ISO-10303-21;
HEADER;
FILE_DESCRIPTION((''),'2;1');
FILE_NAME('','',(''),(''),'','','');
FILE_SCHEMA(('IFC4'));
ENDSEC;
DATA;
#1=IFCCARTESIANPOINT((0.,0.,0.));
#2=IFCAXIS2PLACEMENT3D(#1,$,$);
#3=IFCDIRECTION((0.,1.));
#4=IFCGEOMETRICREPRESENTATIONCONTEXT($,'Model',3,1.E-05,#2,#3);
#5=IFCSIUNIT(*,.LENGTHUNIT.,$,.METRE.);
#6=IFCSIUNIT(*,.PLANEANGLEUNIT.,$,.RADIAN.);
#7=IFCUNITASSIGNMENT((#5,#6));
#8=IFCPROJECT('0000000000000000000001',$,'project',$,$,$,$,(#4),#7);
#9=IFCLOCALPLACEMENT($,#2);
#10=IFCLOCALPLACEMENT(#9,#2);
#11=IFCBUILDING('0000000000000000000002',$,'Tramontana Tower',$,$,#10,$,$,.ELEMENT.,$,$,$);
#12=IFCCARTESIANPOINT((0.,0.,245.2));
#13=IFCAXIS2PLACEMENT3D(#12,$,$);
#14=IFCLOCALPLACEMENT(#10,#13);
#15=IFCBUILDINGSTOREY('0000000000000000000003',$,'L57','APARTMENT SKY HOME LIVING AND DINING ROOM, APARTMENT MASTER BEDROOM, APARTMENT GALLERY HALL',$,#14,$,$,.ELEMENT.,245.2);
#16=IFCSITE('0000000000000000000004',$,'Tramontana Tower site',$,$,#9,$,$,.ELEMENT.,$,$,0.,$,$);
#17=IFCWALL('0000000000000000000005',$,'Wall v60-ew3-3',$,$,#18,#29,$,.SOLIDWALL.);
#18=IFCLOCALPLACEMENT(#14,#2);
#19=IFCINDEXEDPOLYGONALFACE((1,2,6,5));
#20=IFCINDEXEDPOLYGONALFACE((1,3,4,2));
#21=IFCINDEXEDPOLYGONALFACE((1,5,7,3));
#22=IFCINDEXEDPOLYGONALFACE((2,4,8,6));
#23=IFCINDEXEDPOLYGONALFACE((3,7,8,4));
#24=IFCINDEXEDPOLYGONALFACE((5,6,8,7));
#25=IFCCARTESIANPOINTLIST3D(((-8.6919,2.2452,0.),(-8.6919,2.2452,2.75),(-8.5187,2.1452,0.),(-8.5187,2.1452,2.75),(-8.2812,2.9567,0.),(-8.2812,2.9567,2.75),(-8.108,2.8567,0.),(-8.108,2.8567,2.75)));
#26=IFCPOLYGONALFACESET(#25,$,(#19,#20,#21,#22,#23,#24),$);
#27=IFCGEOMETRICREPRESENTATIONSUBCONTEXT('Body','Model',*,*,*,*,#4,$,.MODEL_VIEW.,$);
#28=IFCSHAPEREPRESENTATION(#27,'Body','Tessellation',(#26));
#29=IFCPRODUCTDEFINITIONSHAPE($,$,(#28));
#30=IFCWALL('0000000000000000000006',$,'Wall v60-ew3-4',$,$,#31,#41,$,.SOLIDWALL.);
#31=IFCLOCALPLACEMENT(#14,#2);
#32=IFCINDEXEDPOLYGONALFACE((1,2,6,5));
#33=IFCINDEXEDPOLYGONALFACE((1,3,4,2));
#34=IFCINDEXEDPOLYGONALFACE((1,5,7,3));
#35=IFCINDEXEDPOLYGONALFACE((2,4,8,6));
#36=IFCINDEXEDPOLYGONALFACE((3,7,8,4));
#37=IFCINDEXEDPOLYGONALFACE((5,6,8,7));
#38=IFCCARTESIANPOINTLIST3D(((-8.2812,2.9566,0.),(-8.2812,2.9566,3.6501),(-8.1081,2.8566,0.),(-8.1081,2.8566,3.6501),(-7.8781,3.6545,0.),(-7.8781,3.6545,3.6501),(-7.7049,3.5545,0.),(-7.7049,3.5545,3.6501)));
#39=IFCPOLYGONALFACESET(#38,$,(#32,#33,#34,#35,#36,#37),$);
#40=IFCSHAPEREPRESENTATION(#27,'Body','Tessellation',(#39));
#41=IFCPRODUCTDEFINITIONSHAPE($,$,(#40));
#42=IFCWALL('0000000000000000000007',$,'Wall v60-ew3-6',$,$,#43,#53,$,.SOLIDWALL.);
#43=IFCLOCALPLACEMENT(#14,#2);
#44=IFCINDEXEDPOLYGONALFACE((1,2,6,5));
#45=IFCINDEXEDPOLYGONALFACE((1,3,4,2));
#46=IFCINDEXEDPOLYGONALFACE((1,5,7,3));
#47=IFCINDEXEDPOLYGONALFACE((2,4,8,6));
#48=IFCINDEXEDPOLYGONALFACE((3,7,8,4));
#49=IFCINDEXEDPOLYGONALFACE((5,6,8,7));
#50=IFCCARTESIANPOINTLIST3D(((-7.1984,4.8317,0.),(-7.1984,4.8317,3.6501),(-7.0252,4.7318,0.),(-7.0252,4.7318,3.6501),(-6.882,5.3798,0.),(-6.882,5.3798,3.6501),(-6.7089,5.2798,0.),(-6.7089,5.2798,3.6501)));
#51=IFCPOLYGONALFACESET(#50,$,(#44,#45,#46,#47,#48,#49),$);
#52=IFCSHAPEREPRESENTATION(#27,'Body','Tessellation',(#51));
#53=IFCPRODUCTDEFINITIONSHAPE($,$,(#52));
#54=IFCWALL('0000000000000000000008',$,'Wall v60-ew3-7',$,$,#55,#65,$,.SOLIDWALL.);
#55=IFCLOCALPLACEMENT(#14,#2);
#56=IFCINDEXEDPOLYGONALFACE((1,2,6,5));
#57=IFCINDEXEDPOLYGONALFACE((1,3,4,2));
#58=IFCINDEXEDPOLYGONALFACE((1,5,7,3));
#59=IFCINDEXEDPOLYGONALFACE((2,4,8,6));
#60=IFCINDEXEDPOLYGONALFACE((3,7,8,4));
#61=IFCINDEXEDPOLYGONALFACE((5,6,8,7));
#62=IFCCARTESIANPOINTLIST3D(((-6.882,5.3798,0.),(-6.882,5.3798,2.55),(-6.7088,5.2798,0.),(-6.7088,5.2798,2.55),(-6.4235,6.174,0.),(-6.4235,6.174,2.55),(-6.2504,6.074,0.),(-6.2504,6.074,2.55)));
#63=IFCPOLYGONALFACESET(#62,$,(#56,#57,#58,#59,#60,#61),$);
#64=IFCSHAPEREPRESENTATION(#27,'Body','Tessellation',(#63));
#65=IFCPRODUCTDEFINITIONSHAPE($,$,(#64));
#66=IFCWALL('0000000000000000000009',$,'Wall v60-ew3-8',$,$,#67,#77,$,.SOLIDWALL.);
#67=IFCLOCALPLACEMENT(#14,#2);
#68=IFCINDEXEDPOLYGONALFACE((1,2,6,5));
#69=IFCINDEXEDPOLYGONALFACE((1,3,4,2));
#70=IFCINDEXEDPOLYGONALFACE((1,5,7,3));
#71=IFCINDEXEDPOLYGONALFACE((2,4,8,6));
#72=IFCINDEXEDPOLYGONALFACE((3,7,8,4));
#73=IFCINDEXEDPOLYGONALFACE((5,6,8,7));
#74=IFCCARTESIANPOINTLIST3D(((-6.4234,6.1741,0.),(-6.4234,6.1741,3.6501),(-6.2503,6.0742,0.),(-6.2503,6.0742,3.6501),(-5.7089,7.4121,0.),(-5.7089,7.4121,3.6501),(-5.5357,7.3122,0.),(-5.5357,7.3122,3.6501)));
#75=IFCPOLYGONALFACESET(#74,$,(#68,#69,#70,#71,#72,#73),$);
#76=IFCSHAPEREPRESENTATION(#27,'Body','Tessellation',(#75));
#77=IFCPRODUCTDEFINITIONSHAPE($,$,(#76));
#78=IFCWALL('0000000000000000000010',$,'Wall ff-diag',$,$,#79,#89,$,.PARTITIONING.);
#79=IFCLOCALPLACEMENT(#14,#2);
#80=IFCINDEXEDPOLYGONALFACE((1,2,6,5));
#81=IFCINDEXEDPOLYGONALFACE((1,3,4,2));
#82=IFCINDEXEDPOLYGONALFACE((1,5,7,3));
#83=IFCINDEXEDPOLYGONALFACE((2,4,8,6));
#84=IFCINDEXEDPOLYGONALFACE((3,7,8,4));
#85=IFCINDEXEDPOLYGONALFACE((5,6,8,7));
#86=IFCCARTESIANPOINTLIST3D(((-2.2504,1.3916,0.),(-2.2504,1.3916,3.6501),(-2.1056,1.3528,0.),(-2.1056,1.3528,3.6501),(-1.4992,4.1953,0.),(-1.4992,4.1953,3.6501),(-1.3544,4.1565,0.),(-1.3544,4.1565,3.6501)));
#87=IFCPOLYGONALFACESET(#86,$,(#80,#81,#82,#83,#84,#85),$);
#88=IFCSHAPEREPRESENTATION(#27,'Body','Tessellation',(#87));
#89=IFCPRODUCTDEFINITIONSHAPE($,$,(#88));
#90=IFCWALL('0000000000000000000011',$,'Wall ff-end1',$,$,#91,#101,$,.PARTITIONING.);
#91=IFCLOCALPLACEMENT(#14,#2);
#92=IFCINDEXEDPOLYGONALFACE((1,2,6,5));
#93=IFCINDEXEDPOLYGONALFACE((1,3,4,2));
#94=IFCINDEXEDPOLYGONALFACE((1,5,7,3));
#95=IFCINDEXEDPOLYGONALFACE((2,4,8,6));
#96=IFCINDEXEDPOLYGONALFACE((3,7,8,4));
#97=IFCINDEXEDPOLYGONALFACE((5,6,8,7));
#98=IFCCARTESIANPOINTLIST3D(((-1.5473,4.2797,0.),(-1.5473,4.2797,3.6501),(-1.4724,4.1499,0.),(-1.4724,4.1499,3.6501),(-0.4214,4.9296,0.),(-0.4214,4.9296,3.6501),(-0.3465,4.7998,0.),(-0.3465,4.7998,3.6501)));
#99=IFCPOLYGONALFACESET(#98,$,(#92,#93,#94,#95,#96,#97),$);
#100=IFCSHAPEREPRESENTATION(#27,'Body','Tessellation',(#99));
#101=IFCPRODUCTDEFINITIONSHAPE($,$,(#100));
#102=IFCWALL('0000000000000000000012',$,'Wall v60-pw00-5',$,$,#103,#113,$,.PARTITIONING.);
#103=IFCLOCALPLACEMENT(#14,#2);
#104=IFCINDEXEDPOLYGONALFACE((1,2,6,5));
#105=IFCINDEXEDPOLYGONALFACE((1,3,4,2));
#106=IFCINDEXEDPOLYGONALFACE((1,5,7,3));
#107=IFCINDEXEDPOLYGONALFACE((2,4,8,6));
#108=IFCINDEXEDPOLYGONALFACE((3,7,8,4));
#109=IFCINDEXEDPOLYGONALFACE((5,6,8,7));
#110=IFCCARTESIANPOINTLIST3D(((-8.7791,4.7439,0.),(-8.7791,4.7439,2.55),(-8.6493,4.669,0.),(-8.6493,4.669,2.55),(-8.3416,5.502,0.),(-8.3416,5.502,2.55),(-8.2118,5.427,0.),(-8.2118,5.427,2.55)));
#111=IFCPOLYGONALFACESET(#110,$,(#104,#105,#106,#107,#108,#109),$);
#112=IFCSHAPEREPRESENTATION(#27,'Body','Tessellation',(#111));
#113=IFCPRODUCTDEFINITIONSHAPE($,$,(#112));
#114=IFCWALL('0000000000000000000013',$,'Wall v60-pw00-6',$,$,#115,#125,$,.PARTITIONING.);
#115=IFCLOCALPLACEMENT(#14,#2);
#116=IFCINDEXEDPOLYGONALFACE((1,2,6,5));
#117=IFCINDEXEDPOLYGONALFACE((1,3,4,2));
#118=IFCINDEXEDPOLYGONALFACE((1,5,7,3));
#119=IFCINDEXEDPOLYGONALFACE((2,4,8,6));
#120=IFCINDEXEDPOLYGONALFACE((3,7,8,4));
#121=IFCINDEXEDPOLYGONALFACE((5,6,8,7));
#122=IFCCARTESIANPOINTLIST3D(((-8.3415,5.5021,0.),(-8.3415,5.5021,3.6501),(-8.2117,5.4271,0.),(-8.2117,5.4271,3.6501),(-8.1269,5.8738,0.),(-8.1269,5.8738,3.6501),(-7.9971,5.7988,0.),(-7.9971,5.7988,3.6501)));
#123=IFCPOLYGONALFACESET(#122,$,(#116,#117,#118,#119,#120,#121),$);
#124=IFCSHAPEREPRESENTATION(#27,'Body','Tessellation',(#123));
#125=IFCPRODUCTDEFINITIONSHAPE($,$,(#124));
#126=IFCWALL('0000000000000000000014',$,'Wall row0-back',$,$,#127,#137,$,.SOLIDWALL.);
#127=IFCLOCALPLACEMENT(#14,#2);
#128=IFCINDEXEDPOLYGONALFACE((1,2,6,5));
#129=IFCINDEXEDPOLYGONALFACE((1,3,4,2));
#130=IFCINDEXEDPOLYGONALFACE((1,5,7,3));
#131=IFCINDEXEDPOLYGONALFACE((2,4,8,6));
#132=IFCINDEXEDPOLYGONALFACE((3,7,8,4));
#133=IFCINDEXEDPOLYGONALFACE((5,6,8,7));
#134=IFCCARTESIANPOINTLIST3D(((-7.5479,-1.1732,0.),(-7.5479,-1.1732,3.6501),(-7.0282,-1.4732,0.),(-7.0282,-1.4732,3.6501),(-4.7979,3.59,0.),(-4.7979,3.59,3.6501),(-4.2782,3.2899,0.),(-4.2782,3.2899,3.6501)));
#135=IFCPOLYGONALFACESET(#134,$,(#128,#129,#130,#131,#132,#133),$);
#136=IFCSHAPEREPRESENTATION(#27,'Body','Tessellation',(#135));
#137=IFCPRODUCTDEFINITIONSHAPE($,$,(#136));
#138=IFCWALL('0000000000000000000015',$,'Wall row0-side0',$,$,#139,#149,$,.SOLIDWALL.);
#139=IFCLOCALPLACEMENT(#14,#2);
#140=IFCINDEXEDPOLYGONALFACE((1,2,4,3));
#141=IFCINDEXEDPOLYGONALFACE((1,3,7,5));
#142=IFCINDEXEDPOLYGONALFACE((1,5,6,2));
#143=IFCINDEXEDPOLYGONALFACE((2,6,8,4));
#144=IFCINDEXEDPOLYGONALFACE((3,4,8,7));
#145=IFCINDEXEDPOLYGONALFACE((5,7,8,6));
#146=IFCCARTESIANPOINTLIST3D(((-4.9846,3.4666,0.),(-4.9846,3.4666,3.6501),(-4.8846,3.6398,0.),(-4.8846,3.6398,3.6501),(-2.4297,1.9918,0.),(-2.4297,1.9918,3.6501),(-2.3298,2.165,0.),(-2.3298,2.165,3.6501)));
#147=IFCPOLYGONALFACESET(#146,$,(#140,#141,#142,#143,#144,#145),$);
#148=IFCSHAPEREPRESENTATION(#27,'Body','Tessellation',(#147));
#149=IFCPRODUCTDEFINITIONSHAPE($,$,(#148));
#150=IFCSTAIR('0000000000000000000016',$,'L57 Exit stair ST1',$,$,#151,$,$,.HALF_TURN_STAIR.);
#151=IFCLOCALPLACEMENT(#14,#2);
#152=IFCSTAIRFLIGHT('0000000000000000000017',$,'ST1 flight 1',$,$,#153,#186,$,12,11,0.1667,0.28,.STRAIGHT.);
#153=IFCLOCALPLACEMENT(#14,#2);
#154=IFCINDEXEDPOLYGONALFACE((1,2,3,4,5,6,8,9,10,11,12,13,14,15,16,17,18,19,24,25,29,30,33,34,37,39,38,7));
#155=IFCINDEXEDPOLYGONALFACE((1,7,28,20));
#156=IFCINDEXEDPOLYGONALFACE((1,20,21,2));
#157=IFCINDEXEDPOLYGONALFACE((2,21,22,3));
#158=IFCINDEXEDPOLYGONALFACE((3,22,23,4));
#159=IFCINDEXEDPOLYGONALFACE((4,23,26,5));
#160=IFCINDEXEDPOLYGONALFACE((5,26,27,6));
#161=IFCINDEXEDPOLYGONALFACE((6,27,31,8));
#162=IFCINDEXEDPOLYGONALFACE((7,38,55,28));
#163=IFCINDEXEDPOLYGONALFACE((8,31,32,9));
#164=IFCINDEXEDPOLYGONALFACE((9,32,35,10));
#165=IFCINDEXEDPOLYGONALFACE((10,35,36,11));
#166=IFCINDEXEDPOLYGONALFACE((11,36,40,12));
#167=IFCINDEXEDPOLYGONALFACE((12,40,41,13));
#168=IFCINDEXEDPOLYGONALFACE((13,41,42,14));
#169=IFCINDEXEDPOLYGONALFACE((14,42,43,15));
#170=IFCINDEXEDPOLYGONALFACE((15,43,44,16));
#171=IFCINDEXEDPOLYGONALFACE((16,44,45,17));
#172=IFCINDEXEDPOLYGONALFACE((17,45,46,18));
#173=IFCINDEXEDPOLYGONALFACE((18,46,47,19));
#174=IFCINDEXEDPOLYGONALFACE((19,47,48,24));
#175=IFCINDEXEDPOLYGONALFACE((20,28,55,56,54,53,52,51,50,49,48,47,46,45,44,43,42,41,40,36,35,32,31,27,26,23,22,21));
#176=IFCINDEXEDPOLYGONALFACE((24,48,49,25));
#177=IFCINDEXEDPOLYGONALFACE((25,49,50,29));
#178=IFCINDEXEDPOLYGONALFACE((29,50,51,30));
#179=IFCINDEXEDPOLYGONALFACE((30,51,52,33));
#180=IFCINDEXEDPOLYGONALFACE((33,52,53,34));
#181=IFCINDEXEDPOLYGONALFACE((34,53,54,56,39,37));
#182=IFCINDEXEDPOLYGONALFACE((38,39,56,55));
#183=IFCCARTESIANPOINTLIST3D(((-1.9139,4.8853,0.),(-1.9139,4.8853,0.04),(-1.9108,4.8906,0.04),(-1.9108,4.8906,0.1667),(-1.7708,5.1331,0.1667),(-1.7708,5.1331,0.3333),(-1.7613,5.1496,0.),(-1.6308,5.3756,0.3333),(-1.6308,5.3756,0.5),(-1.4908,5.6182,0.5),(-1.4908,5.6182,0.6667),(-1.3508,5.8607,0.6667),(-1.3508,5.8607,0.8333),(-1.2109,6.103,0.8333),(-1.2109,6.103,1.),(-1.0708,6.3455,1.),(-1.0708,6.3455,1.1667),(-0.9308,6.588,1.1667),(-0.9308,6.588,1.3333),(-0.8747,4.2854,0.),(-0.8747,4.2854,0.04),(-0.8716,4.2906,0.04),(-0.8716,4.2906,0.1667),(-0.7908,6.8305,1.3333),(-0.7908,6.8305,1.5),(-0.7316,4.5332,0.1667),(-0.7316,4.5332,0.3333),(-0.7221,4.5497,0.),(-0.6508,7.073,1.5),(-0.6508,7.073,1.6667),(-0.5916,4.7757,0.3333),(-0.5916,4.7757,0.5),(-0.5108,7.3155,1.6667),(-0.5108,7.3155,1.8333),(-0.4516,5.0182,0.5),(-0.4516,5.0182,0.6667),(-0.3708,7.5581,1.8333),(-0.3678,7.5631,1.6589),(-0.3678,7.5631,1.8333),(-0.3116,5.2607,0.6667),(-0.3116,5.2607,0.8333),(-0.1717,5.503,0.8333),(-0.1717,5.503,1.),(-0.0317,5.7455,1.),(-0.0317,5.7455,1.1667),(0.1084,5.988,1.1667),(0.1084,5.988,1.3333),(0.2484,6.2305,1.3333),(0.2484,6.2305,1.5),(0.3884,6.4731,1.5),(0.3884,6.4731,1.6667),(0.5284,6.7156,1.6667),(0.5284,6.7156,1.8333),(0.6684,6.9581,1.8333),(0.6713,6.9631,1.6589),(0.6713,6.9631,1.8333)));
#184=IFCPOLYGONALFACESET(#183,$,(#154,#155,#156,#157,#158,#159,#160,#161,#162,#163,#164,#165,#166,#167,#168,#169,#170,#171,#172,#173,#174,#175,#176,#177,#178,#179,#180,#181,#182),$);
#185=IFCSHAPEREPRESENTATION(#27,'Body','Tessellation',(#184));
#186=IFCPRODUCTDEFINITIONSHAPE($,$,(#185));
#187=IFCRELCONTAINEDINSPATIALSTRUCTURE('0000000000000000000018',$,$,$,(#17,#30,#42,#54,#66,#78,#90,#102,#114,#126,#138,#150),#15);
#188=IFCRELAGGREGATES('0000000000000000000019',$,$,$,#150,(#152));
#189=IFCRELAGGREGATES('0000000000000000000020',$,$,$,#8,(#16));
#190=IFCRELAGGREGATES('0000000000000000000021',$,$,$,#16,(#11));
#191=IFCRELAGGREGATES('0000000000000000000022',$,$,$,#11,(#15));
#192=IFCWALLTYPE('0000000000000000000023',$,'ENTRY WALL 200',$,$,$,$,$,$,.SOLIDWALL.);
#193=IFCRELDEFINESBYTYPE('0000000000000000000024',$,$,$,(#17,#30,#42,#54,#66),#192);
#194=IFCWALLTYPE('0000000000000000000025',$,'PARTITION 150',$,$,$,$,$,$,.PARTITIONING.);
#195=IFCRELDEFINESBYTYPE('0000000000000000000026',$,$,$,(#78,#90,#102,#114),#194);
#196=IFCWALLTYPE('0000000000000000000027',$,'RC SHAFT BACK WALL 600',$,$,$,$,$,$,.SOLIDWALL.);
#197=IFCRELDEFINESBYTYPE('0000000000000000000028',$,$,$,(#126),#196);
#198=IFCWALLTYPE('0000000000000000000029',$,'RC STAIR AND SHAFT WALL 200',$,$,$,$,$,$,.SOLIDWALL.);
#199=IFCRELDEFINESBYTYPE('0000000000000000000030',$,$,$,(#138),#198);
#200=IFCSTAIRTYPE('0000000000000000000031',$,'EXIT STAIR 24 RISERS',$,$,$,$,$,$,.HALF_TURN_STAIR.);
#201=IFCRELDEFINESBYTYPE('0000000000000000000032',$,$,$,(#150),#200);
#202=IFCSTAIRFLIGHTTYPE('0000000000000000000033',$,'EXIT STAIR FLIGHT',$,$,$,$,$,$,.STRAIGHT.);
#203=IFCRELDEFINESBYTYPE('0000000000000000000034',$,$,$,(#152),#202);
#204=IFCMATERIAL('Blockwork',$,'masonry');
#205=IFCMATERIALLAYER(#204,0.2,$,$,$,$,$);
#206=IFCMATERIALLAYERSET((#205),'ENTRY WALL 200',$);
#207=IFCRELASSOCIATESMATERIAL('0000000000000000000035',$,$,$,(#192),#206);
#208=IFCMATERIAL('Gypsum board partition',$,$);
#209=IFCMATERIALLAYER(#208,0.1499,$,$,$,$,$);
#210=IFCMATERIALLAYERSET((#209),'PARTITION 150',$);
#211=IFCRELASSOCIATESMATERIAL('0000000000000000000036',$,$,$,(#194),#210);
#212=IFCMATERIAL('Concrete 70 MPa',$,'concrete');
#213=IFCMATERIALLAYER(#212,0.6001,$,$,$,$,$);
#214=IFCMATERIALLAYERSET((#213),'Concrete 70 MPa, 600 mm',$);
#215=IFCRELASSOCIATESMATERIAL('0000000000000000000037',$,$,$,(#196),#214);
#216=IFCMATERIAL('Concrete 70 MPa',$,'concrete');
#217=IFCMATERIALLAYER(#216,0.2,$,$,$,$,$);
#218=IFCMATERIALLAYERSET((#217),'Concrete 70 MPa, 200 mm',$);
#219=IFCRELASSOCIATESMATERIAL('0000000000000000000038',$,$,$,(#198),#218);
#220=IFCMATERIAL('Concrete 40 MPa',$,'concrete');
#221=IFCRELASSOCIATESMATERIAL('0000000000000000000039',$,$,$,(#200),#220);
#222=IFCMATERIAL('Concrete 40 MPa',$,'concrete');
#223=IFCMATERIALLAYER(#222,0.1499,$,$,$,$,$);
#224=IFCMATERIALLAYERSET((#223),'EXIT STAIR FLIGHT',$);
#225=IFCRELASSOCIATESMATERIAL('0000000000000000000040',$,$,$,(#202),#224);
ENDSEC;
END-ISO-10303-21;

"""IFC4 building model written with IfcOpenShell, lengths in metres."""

from ifc_helpers import new_model, si_unit, direction, frame, frame_2d, origin, place, context, subcontext, project, spatial, polyline, rectangle, outline, extrude, material, layer, layer_set, type_object, element, aggregate, save


model = new_model("IFC4")

# Units and contexts
model_context = context("Model", 3, precision=1e-05, world=origin(), true_north=direction((0.0, 1.0)))
body_context = subcontext(model_context, "Body", "Model", "MODEL_VIEW")
ifc_project = project(units=[si_unit("LENGTHUNIT", "METRE"), si_unit("PLANEANGLEUNIT", "RADIAN")], contexts=[model_context])

# Site, building, storey
site_placement = place(None, origin())
site = spatial("IfcSite", under=ifc_project, at=site_placement, Name="Tramontana Tower site", CompositionType="ELEMENT", RefElevation=0.0)
building_placement = place(site_placement, origin())
building = spatial("IfcBuilding", under=site, at=building_placement, Name="Tramontana Tower", CompositionType="ELEMENT")
storey_placement = place(building_placement, frame((0.0, 0.0, 245.2)))
storey = spatial("IfcBuildingStorey", under=building, at=storey_placement, Name="L57", Description="APARTMENT SKY HOME LIVING AND DINING ROOM, APARTMENT MASTER BEDROOM, APARTMENT GALLERY HALL", CompositionType="ELEMENT", Elevation=245.2)

# Walls
ifc_material_1 = material(Name="Blockwork", Category="masonry")
ifc_layer_1 = layer(ifc_material_1, 0.2)
ifc_layer_set_1 = layer_set([ifc_layer_1], Name="ENTRY WALL 200")
wall_type_1 = type_object("IfcWallType", Name="ENTRY WALL 200", PredefinedType="SOLIDWALL", material=ifc_layer_set_1)
wall_1_placement = place(storey_placement, frame((-8.6052, 2.1953, 0.0), z_axis=(0.0, 0.0, 1.0), x_axis=(0.499911, 0.866077, 0.0)))
element("IfcWall", 1, at=wall_1_placement, inside=storey, type_object=wall_type_1, Name="Wall v60-ew3-3", PredefinedType="SOLIDWALL", context=body_context, shape_type="SweptSolid", body=[
    extrude(rectangle(XDim=0.8215, YDim=0.2, at=frame_2d((0.4106, 0.0))), origin(), (0.0, 0.0, 1.0), 2.75),
])
wall_2_placement = place(storey_placement, frame((-8.1946, 2.9067, 0.0), z_axis=(0.0, 0.0, 1.0), x_axis=(0.500212, 0.865903, 0.0)))
element("IfcWall", 2, at=wall_2_placement, inside=storey, type_object=wall_type_1, Name="Wall v60-ew3-4", PredefinedType="SOLIDWALL", context=body_context, shape_type="SweptSolid", body=[
    extrude(rectangle(XDim=0.8059, YDim=0.2, at=frame_2d((0.4028, 0.0))), origin(), (0.0, 0.0, 1.0), 3.6501),
])

# Walls
wall_3_placement = place(storey_placement, frame((-7.1118, 4.7817, 0.0), z_axis=(0.0, 0.0, 1.0), x_axis=(0.499956, 0.866051, 0.0)))
element("IfcWall", 3, at=wall_3_placement, inside=storey, type_object=wall_type_1, Name="Wall v60-ew3-6", PredefinedType="SOLIDWALL", context=body_context, shape_type="SweptSolid", body=[
    extrude(rectangle(XDim=0.6328, YDim=0.2, at=frame_2d((0.3164, 0.0))), origin(), (0.0, 0.0, 1.0), 3.6501),
])
wall_4_placement = place(storey_placement, frame((-6.7954, 5.3298, 0.0), z_axis=(0.0, 0.0, 1.0), x_axis=(0.499976, 0.866039, 0.0)))
element("IfcWall", 4, at=wall_4_placement, inside=storey, type_object=wall_type_1, Name="Wall v60-ew3-7", PredefinedType="SOLIDWALL", context=body_context, shape_type="SweptSolid", body=[
    extrude(rectangle(XDim=0.917, YDim=0.2, at=frame_2d((0.4585, 0.0))), origin(), (0.0, 0.0, 1.0), 2.55),
])
wall_5_placement = place(storey_placement, frame((-6.3369, 6.124, 0.0), z_axis=(0.0, 0.0, 1.0), x_axis=(0.499905, 0.86608, 0.0)))
element("IfcWall", 5, at=wall_5_placement, inside=storey, type_object=wall_type_1, Name="Wall v60-ew3-8", PredefinedType="SOLIDWALL", context=body_context, shape_type="SweptSolid", body=[
    extrude(rectangle(XDim=1.4294, YDim=0.2, at=frame_2d((0.7148, 0.0))), origin(), (0.0, 0.0, 1.0), 3.6501),
])
ifc_material_2 = material(Name="Gypsum board partition")
ifc_layer_2 = layer(ifc_material_2, 0.1499)
ifc_layer_set_2 = layer_set([ifc_layer_2], Name="PARTITION 150")
wall_type_2 = type_object("IfcWallType", Name="PARTITION 150", PredefinedType="PARTITIONING", material=ifc_layer_set_2)
wall_6_placement = place(storey_placement, frame((-2.178, 1.3723, 0.0), z_axis=(0.0, 0.0, 1.0), x_axis=(0.258809, 0.965929, 0.0)))
element("IfcWall", 6, at=wall_6_placement, inside=storey, type_object=wall_type_2, Name="Wall ff-diag", PredefinedType="PARTITIONING", context=body_context, shape_type="SweptSolid", body=[
    extrude(rectangle(XDim=2.9026, YDim=0.1499, at=frame_2d((1.4512, 0.0))), origin(), (0.0, 0.0, 1.0), 3.6501),
])
wall_7_placement = place(storey_placement, frame((-1.5098, 4.2148, 0.0), z_axis=(0.0, 0.0, 1.0), x_axis=(0.866086, 0.499896, 0.0)))
element("IfcWall", 7, at=wall_7_placement, inside=storey, type_object=wall_type_2, Name="Wall ff-end1", PredefinedType="PARTITIONING", context=body_context, shape_type="SweptSolid", body=[
    extrude(rectangle(XDim=1.3, YDim=0.1499, at=frame_2d((0.6499, 0.0))), origin(), (0.0, 0.0, 1.0), 3.6501),
])
wall_8_placement = place(storey_placement, frame((-8.7141, 4.7065, 0.0), z_axis=(0.0, 0.0, 1.0), x_axis=(0.499859, 0.866107, 0.0)))
element("IfcWall", 8, at=wall_8_placement, inside=storey, type_object=wall_type_2, Name="Wall v60-pw00-5", PredefinedType="PARTITIONING", context=body_context, shape_type="SweptSolid", body=[
    extrude(rectangle(XDim=0.8752, YDim=0.1499, at=frame_2d((0.4375, 0.0))), origin(), (0.0, 0.0, 1.0), 2.55),
])
wall_9_placement = place(storey_placement, frame((-8.2766, 5.4646, 0.0), z_axis=(0.0, 0.0, 1.0), x_axis=(0.500116, 0.865958, 0.0)))
element("IfcWall", 9, at=wall_9_placement, inside=storey, type_object=wall_type_2, Name="Wall v60-pw00-6", PredefinedType="PARTITIONING", context=body_context, shape_type="SweptSolid", body=[
    extrude(rectangle(XDim=0.4292, YDim=0.1499, at=frame_2d((0.2146, 0.0))), origin(), (0.0, 0.0, 1.0), 3.6501),
])

# Wall
ifc_material_3 = material(Name="Concrete 70 MPa", Category="concrete")
ifc_layer_3 = layer(ifc_material_3, 0.6001)
ifc_layer_set_3 = layer_set([ifc_layer_3], Name="Concrete 70 MPa, 600 mm")
wall_type_3 = type_object("IfcWallType", Name="RC SHAFT BACK WALL 600", PredefinedType="SOLIDWALL", material=ifc_layer_set_3)
wall_10_placement = place(storey_placement, frame((-4.5381, 3.4399, 0.0), z_axis=(0.0, 0.0, 1.0), x_axis=(-0.499997, -0.866027, 0.0)))
element("IfcWall", 10, at=wall_10_placement, inside=storey, type_object=wall_type_3, Name="Wall row0-back", PredefinedType="SOLIDWALL", context=body_context, shape_type="SweptSolid", body=[
    extrude(rectangle(XDim=5.5, YDim=0.6001, at=frame_2d((2.75, 0.0))), origin(), (0.0, 0.0, 1.0), 3.6501),
])

# Shared definitions
ifc_material_4 = material(Name="Concrete 70 MPa", Category="concrete")
ifc_layer_4 = layer(ifc_material_4, 0.2)
ifc_layer_set_4 = layer_set([ifc_layer_4], Name="Concrete 70 MPa, 200 mm")
wall_type_4 = type_object("IfcWallType", Name="RC STAIR AND SHAFT WALL 200", PredefinedType="SOLIDWALL", material=ifc_layer_set_4)

# Wall
wall_11_placement = place(storey_placement, frame((-2.3796, 2.0784, 0.0), z_axis=(0.0, 0.0, 1.0), x_axis=(-0.86606, 0.49994, 0.0)))
element("IfcWall", 11, at=wall_11_placement, inside=storey, type_object=wall_type_4, Name="Wall row0-side0", PredefinedType="SOLIDWALL", context=body_context, shape_type="SweptSolid", body=[
    extrude(rectangle(XDim=2.95, YDim=0.2, at=frame_2d((1.4751, 0.0))), origin(), (0.0, 0.0, 1.0), 3.6501),
])

# Stair, stair flight
ifc_material_5 = material(Name="Concrete 40 MPa", Category="concrete")
stair_type = type_object("IfcStairType", Name="EXIT STAIR 24 RISERS", PredefinedType="HALF_TURN_STAIR", material=ifc_material_5)
stair_placement = place(storey_placement, origin())
stair = element("IfcStair", 12, at=stair_placement, inside=storey, type_object=stair_type, Name="L57 Exit stair ST1", PredefinedType="HALF_TURN_STAIR")
ifc_material_6 = material(Name="Concrete 40 MPa", Category="concrete")
ifc_layer_5 = layer(ifc_material_6, 0.1499)
ifc_layer_set_5 = layer_set([ifc_layer_5], Name="EXIT STAIR FLIGHT")
stair_flight_type = type_object("IfcStairFlightType", Name="EXIT STAIR FLIGHT", PredefinedType="STRAIGHT", material=ifc_layer_set_5)
stair_flight_placement = place(storey_placement, frame((-1.3911, 4.5906, 0.0), z_axis=(0.0, 0.0, 1.0), x_axis=(0.5, 0.866025, 0.0)))
stair_flight = element("IfcStairFlight", 13, at=stair_flight_placement, type_object=stair_flight_type, Name="ST1 flight 1", NumberOfRisers=12, NumberOfTreads=11, PredefinedType="STRAIGHT", RiserHeight=0.1667, TreadLength=0.28, context=body_context, shape_type="SweptSolid", body=[
    extrude(outline(polyline([(-0.0061, 0.0), (-0.0061, 0.04), (0.0, 0.04), (0.0, 0.1667), (0.28, 0.1667), (0.28, 0.3333), (0.5601, 0.3333), (0.5601, 0.5), (0.8401, 0.5), (0.8401, 0.6667), (1.1201, 0.6667), (1.1201, 0.8333), (1.3999, 0.8333), (1.3999, 1.0), (1.6799, 1.0), (1.6799, 1.1667), (1.96, 1.1667), (1.96, 1.3333), (2.24, 1.3333), (2.24, 1.5), (2.52, 1.5), (2.52, 1.6667), (2.8, 1.6667), (2.8, 1.8333), (3.0801, 1.8333), (3.0859, 1.8333), (3.0859, 1.6589), (0.2991, 0.0), (-0.0061, 0.0)])), frame((0.0, 0.6001, 0.0), z_axis=(0.0, -1.0, 0.0), x_axis=(1.0, 0.0, 0.0)), (0.0, 0.0, 1.0), 1.2),
])
aggregate(stair, [stair_flight])

save(model, "model.ifc")
